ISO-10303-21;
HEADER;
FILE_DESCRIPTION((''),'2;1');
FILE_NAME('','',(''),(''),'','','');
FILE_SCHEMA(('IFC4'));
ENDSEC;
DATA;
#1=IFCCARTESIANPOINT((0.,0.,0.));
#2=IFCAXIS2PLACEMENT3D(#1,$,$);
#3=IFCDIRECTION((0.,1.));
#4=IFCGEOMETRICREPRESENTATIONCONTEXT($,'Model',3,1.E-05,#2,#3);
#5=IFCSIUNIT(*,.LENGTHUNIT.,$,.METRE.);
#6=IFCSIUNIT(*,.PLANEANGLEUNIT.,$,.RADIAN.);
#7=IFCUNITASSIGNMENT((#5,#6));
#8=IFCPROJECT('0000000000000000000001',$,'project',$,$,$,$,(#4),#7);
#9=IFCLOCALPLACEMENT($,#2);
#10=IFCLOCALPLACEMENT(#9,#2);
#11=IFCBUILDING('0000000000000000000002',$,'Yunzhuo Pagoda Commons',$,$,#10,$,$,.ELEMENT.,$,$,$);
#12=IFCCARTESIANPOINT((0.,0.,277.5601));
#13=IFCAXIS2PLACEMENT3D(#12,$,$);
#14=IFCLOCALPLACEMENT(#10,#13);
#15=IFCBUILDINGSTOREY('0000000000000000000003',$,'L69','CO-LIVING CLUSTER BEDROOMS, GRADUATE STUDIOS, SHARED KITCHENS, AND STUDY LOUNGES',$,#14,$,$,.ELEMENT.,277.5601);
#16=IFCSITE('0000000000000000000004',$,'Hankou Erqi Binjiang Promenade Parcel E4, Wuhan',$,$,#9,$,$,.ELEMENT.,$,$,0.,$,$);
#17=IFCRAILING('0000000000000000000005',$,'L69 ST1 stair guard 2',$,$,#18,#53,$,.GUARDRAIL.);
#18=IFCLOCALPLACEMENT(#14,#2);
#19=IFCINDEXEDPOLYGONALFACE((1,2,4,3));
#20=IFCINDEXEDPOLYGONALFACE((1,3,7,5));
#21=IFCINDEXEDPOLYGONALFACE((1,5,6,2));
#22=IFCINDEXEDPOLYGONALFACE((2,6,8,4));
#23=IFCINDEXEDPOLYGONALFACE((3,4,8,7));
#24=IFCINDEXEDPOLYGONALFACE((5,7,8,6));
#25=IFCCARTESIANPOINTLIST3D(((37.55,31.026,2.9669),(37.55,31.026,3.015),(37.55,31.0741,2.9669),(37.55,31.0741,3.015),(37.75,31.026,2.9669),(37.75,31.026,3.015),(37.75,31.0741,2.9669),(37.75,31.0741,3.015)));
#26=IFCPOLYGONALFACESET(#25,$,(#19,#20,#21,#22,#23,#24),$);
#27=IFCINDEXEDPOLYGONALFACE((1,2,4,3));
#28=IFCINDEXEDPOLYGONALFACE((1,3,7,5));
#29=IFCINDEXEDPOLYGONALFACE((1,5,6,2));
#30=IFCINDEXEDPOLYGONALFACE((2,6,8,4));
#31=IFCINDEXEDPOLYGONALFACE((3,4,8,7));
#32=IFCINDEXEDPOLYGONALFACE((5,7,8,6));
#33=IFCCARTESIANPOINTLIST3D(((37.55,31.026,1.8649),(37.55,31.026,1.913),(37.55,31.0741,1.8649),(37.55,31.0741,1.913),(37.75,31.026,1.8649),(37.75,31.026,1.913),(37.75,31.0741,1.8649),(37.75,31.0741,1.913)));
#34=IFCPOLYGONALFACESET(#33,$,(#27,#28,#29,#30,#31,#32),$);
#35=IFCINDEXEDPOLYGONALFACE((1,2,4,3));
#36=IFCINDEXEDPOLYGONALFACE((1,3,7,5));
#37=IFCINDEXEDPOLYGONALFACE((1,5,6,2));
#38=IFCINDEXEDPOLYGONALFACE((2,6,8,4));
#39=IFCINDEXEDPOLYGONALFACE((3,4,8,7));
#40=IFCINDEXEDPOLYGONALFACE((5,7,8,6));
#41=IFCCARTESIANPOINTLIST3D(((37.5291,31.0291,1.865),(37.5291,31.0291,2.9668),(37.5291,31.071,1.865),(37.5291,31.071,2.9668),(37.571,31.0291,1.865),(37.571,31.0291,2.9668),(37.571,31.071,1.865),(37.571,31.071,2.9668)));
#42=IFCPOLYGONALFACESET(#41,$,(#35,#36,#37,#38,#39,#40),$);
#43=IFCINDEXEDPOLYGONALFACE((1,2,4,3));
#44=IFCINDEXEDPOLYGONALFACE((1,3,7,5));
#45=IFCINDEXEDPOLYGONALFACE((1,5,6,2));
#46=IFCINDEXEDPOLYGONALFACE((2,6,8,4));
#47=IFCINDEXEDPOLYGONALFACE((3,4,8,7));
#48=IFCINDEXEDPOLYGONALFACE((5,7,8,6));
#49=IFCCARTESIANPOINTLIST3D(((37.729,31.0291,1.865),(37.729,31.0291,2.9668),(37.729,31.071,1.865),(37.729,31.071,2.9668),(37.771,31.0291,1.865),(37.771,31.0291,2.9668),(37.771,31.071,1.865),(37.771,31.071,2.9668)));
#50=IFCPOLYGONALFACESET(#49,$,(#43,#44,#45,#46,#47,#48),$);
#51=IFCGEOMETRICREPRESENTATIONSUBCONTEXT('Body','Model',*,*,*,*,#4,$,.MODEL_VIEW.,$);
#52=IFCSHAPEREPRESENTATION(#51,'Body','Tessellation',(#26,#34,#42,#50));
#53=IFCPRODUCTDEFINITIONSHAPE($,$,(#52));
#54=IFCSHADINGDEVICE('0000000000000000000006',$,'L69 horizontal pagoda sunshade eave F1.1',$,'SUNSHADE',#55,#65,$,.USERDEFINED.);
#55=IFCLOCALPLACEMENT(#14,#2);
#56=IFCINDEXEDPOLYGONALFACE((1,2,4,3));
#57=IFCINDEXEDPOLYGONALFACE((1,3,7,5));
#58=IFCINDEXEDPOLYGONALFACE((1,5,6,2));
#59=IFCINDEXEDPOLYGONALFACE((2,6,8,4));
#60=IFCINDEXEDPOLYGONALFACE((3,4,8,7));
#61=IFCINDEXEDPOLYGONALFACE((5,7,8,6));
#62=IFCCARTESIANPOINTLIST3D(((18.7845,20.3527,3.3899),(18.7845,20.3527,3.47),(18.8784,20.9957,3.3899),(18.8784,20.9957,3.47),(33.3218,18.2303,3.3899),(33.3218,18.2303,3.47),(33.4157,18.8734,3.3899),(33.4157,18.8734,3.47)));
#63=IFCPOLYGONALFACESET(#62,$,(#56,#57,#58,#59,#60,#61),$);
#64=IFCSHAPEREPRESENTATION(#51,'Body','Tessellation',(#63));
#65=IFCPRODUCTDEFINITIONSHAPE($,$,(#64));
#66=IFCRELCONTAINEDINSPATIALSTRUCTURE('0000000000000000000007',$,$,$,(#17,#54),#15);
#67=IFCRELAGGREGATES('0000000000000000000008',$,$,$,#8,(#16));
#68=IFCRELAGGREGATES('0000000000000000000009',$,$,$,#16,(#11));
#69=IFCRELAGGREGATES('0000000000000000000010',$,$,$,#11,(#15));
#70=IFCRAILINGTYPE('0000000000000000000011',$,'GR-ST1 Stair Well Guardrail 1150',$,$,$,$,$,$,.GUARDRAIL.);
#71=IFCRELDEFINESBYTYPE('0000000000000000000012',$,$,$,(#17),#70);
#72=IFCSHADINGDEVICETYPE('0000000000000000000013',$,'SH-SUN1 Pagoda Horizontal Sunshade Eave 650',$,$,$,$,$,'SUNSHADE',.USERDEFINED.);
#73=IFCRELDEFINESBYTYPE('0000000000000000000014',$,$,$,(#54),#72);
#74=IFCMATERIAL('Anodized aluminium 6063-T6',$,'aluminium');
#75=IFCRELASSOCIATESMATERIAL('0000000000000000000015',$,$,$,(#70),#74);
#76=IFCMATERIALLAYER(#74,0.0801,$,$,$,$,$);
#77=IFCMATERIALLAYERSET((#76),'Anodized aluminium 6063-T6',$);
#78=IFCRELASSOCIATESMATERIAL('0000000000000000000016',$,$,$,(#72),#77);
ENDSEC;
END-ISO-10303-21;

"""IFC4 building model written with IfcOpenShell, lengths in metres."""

from ifc_helpers import new_model, si_unit, direction, frame, origin, origin_2d, place, context, subcontext, project, spatial, rectangle, extrude, source, transform, mapped, material, layer, layer_set, type_object, element, save


model = new_model("IFC4")

# Units and contexts
model_context = context("Model", 3, precision=1e-05, world=origin(), true_north=direction((0.0, 1.0)))
body_context = subcontext(model_context, "Body", "Model", "MODEL_VIEW")
ifc_project = project(units=[si_unit("LENGTHUNIT", "METRE"), si_unit("PLANEANGLEUNIT", "RADIAN")], contexts=[model_context])

# Site, building, storey
site_placement = place(None, origin())
site = spatial("IfcSite", under=ifc_project, at=site_placement, Name="Hankou Erqi Binjiang Promenade Parcel E4, Wuhan", CompositionType="ELEMENT", RefElevation=0.0)
building_placement = place(site_placement, origin())
building = spatial("IfcBuilding", under=site, at=building_placement, Name="Yunzhuo Pagoda Commons", CompositionType="ELEMENT")
storey_placement = place(building_placement, frame((0.0, 0.0, 277.5601)))
storey = spatial("IfcBuildingStorey", under=building, at=storey_placement, Name="L69", Description="CO-LIVING CLUSTER BEDROOMS, GRADUATE STUDIOS, SHARED KITCHENS, AND STUDY LOUNGES", CompositionType="ELEMENT", Elevation=277.5601)

# Shared definitions
ifc_material_1 = material(Name="Anodized aluminium 6063-T6", Category="aluminium")

# Railing
railing_type = type_object("IfcRailingType", Name="GR-ST1 Stair Well Guardrail 1150", PredefinedType="GUARDRAIL", material=ifc_material_1)
railing_placement = place(storey_placement, frame((37.55, 31.05, 1.865)))
element("IfcRailing", 1, at=railing_placement, inside=storey, type_object=railing_type, Name="L69 ST1 stair guard 2", PredefinedType="GUARDRAIL", context=body_context, shape_type="SweptSolid", body=[
    extrude(rectangle(XDim=0.0481, YDim=0.0481, at=origin_2d()), frame((0.0, 0.0, 1.126), z_axis=(1.0, 0.0, 0.0), x_axis=(0.0, 1.0, 0.0)), (0.0, 0.0, 1.0), 0.2),
    extrude(rectangle(XDim=0.0481, YDim=0.0481, at=origin_2d()), frame((0.0, 0.0, 0.0239), z_axis=(1.0, 0.0, 0.0), x_axis=(0.0, 1.0, 0.0)), (0.0, 0.0, 1.0), 0.2),
    extrude(rectangle(XDim=0.042, YDim=0.042, at=origin_2d()), origin(), (0.0, 0.0, 1.0), 1.1018),
    extrude(rectangle(XDim=0.042, YDim=0.042, at=origin_2d()), frame((0.2, 0.0, 0.0)), (0.0, 0.0, 1.0), 1.1018),
])

# Shading device
ifc_layer_1 = layer(ifc_material_1, 0.0801)
ifc_layer_set_1 = layer_set([ifc_layer_1], Name="Anodized aluminium 6063-T6")
shading_device_type = type_object("IfcShadingDeviceType", Name="SH-SUN1 Pagoda Horizontal Sunshade Eave 650", ElementType="SUNSHADE", PredefinedType="USERDEFINED", material=ifc_layer_set_1)
shared_shape_1 = source(origin(), body_context, "Body", "SweptSolid", [
    extrude(rectangle(XDim=14.6914, YDim=0.6499, at=origin_2d()), origin(), (0.0, 0.0, 1.0), 0.0801),
])
shading_device_placement = place(storey_placement, frame((26.1001, 19.613, 3.3899), z_axis=(0.0, 0.0, 1.0), x_axis=(0.989511, -0.14446, 0.0)))
element("IfcShadingDevice", 2, at=shading_device_placement, inside=storey, type_object=shading_device_type, Name="L69 horizontal pagoda sunshade eave F1.1", ObjectType="SUNSHADE", PredefinedType="USERDEFINED", context=body_context, shape_type="MappedRepresentation", body=[
    mapped(shared_shape_1, transform((0.0, 0.0, 0.0), scale=1.0)),
])

save(model, "model.ifc")
